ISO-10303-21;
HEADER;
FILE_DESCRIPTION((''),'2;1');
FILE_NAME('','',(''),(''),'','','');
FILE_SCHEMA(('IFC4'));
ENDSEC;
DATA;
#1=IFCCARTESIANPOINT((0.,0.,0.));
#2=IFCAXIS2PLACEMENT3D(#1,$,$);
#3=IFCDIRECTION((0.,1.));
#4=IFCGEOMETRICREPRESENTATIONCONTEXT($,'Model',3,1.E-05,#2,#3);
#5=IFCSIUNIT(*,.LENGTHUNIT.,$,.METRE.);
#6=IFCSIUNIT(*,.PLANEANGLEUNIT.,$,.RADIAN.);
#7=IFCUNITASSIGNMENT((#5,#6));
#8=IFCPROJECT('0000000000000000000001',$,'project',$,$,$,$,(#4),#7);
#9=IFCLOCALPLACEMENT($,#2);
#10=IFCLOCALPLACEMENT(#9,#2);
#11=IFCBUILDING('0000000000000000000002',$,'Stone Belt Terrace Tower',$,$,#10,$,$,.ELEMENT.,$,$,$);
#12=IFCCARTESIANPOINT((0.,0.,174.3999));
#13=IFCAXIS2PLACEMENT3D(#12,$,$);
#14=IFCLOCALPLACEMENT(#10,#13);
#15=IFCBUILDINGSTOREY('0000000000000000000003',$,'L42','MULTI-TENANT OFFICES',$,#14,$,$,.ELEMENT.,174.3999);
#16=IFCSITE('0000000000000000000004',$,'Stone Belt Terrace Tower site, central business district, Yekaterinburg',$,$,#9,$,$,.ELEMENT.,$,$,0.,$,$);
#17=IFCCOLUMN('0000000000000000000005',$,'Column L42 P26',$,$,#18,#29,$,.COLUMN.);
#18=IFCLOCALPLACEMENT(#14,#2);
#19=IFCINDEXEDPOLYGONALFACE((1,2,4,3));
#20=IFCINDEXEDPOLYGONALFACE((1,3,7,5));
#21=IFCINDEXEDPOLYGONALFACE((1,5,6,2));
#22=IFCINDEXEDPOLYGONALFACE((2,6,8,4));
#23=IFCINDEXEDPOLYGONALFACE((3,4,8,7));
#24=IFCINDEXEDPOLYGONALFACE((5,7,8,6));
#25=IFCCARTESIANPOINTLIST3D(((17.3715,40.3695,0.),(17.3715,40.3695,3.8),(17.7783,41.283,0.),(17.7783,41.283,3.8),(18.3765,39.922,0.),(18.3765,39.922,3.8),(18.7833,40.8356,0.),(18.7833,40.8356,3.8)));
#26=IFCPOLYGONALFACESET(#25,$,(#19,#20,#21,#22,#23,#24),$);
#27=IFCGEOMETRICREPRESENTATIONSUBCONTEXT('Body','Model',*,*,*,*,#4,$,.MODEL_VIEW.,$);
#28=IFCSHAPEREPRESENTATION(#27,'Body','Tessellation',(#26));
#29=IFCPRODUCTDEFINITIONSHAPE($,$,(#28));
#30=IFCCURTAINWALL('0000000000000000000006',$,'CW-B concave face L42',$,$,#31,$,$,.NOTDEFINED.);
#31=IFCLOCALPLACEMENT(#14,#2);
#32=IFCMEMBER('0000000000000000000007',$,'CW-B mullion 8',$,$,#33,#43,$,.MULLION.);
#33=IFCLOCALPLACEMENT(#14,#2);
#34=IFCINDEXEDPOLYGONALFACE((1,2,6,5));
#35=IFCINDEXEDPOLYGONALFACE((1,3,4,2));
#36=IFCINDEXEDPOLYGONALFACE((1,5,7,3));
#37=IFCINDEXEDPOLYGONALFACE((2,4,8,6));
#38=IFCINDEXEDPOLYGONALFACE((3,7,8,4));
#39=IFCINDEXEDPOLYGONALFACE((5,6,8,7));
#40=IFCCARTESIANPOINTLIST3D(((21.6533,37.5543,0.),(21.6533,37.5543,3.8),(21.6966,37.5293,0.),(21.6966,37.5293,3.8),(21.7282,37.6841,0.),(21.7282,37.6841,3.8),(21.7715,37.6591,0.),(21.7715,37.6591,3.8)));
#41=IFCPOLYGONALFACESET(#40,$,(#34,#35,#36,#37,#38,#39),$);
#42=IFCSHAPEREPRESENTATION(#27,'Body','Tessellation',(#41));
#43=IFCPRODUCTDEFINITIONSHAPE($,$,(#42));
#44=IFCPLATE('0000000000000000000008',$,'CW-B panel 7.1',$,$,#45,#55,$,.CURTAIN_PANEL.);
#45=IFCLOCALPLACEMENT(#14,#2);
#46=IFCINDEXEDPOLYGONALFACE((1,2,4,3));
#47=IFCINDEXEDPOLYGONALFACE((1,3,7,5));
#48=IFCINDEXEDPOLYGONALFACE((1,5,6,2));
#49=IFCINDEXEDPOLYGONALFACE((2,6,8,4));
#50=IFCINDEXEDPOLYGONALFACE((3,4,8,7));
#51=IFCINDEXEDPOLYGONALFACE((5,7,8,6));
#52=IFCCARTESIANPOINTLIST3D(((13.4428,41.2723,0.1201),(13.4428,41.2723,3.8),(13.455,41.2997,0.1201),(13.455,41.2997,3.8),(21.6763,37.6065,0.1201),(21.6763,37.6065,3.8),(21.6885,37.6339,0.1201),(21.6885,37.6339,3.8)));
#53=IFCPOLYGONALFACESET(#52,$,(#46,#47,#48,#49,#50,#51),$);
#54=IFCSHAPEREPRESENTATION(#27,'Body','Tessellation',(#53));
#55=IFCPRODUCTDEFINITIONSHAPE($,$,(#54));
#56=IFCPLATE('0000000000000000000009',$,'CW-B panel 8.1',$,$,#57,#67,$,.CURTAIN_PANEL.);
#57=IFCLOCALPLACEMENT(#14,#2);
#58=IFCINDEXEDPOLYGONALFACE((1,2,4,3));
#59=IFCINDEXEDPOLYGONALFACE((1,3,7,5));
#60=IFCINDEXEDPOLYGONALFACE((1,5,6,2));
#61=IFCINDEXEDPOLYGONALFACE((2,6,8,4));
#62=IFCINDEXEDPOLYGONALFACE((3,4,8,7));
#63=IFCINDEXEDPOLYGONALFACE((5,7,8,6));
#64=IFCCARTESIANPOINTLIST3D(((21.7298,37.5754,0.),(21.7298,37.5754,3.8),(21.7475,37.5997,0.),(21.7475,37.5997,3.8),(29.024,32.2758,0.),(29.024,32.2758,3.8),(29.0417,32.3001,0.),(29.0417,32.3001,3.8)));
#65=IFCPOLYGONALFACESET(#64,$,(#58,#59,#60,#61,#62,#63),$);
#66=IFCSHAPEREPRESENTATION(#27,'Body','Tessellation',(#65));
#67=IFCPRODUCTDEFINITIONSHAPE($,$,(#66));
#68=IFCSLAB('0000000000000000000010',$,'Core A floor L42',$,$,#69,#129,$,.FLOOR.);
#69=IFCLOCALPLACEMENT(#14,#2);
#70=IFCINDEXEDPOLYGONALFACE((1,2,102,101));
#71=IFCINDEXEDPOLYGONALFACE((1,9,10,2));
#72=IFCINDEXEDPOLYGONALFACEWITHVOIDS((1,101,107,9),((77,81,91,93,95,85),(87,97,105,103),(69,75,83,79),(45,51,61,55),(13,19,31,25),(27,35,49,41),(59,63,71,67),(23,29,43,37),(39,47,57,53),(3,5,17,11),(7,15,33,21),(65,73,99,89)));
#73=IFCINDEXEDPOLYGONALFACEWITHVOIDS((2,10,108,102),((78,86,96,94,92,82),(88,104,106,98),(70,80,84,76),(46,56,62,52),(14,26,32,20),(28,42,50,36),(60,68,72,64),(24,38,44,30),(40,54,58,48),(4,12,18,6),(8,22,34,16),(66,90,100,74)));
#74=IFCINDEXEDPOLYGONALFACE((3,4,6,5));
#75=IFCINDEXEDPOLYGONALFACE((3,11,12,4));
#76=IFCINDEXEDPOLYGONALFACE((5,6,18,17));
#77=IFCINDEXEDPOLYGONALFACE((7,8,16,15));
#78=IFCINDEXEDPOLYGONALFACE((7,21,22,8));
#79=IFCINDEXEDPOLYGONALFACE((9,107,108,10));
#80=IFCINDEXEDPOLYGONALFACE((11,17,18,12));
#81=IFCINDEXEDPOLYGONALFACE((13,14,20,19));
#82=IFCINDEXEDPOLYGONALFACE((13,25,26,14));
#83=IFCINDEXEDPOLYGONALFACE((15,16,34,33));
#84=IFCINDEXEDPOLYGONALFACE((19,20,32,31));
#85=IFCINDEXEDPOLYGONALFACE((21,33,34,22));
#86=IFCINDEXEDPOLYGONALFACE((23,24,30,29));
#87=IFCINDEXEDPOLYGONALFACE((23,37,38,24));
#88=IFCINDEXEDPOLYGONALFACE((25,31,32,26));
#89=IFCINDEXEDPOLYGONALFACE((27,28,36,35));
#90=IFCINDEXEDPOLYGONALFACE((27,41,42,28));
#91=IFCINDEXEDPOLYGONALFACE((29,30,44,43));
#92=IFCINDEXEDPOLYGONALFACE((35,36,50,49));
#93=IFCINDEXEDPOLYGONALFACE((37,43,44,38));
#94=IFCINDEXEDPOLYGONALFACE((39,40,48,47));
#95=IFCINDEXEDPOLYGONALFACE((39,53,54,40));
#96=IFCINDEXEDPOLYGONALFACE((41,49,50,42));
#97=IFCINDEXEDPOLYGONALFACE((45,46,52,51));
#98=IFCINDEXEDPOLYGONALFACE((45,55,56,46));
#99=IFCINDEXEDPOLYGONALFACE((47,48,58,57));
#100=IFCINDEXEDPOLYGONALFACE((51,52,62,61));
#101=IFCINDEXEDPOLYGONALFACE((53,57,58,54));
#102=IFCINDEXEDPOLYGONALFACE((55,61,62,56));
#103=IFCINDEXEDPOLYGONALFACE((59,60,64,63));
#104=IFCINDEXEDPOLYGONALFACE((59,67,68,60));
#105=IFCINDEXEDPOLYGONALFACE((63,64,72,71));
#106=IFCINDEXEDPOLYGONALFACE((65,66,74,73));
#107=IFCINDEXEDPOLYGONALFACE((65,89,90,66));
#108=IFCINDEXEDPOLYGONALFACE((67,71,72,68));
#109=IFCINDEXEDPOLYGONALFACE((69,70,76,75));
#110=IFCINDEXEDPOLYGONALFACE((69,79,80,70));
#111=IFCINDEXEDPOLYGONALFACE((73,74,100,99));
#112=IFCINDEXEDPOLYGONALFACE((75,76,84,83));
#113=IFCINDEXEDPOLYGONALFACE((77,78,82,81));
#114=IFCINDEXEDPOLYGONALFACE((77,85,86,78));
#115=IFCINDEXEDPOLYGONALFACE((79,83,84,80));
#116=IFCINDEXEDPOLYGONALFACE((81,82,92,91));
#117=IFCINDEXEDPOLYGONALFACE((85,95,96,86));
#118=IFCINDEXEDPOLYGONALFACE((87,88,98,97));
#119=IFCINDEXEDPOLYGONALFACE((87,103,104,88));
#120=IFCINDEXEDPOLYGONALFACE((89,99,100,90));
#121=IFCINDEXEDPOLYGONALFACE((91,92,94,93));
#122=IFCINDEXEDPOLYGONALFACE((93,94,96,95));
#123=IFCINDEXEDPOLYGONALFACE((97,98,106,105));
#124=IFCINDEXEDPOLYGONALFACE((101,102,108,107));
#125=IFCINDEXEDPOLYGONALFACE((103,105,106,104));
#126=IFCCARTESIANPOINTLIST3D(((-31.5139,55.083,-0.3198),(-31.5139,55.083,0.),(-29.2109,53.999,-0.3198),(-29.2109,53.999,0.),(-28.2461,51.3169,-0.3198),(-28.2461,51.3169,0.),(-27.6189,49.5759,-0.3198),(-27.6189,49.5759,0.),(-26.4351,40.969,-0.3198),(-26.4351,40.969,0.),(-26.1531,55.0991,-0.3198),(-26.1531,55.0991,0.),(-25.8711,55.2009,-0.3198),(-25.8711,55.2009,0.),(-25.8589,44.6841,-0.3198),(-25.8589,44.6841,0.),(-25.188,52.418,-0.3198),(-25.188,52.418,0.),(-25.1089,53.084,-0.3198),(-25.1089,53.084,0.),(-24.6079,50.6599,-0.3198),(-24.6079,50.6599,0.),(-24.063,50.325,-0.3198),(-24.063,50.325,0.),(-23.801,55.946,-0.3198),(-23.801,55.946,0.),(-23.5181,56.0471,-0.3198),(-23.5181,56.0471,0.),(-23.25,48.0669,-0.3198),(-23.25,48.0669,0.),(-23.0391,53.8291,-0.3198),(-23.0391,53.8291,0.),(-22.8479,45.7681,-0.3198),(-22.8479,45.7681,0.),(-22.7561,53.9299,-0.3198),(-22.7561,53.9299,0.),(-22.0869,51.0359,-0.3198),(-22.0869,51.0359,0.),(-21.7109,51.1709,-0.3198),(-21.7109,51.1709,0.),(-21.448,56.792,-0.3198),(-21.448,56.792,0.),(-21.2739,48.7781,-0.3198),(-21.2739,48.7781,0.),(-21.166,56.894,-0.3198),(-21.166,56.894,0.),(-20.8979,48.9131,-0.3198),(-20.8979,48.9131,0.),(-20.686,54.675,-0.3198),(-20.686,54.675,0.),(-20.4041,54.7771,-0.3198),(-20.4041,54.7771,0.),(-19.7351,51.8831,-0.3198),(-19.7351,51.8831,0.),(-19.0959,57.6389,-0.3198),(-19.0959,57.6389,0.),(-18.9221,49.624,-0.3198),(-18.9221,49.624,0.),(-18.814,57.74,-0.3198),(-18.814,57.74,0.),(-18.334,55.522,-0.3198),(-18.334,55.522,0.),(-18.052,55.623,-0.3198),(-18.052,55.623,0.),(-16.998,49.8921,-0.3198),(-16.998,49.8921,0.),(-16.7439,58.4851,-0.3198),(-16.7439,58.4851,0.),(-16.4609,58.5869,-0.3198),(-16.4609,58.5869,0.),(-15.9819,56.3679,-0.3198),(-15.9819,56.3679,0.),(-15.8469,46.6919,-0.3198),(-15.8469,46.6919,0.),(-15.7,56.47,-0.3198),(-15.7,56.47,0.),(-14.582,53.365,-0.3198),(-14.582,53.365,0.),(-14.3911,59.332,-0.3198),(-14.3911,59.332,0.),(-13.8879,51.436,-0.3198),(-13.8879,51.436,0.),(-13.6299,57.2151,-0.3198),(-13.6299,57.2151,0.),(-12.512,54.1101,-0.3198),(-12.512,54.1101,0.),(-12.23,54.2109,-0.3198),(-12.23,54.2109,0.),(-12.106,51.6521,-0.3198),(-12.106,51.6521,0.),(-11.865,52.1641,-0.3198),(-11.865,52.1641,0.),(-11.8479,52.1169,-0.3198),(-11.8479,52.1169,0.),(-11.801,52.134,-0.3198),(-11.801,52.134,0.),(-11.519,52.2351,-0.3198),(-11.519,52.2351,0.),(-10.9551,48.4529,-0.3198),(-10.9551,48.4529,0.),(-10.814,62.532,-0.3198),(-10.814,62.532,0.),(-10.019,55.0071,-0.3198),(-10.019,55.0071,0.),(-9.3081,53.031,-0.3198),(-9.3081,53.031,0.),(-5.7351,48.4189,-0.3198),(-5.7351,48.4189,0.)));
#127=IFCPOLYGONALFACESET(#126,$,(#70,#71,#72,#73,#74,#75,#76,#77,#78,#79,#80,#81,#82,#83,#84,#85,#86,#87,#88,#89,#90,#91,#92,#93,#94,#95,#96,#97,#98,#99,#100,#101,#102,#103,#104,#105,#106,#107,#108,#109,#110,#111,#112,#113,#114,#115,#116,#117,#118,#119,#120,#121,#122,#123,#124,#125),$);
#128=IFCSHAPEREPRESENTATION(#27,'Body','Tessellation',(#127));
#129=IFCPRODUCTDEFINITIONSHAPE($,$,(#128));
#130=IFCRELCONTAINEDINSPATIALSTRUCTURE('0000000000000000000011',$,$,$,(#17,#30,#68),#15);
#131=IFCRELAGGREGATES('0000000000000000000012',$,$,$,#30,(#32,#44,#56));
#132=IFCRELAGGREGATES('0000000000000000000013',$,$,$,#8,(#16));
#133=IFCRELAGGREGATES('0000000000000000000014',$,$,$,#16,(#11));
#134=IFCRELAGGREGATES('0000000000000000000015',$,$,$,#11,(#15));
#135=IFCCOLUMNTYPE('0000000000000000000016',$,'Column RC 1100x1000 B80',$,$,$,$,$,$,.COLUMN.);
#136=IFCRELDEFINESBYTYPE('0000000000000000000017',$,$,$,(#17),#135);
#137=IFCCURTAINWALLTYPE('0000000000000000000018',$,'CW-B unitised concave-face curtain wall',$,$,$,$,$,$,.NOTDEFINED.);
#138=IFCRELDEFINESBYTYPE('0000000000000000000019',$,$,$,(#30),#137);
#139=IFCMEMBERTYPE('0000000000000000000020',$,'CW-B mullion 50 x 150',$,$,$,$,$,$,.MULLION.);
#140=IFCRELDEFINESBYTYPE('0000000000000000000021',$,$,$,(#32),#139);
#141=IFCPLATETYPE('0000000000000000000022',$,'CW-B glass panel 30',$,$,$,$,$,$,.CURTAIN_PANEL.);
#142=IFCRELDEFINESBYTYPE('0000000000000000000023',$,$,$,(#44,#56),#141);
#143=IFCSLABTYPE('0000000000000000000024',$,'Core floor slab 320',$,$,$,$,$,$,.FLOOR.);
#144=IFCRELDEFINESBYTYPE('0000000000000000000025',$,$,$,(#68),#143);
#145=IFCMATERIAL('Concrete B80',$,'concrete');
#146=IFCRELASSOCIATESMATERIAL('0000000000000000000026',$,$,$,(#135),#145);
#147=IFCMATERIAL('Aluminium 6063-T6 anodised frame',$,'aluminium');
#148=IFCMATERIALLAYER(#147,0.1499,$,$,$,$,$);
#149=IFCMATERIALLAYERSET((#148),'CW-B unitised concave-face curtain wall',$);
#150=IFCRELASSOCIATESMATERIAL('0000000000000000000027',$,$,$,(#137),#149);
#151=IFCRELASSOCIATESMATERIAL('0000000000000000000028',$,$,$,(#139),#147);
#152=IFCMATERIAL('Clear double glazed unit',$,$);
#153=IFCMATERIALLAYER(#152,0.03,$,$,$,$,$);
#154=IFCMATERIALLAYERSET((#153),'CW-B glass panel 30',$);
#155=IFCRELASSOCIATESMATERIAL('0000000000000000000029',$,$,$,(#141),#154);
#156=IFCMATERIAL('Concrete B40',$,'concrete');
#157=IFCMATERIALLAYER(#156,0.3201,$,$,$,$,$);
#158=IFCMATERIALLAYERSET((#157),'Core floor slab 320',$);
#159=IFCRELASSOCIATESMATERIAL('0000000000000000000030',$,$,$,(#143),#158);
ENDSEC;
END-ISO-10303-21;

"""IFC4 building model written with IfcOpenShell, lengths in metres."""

from ifc_helpers import new_model, si_unit, direction, frame, origin, origin_2d, place, context, subcontext, project, spatial, polyline, rectangle, outline, extrude, material, layer, layer_set, material_profile, profile_set, type_object, element, aggregate, save


model = new_model("IFC4")

# Units and contexts
model_context = context("Model", 3, precision=1e-05, world=origin(), true_north=direction((0.0, 1.0)))
body_context = subcontext(model_context, "Body", "Model", "MODEL_VIEW")
ifc_project = project(units=[si_unit("LENGTHUNIT", "METRE"), si_unit("PLANEANGLEUNIT", "RADIAN")], contexts=[model_context])

# Site, building, storey
site_placement = place(None, origin())
site = spatial("IfcSite", under=ifc_project, at=site_placement, Name="Stone Belt Terrace Tower site, central business district, Yekaterinburg", CompositionType="ELEMENT", RefElevation=0.0)
building_placement = place(site_placement, origin())
building = spatial("IfcBuilding", under=site, at=building_placement, Name="Stone Belt Terrace Tower", CompositionType="ELEMENT")
storey_placement = place(building_placement, frame((0.0, 0.0, 174.3999)))
storey = spatial("IfcBuildingStorey", under=building, at=storey_placement, Name="L42", Description="MULTI-TENANT OFFICES", CompositionType="ELEMENT", Elevation=174.3999)

# Column
ifc_material_1 = material(Name="Concrete B80", Category="concrete")
ifc_material_profile_1 = material_profile(ifc_material_1, rectangle(XDim=1.1001, YDim=1.0, at=origin_2d()), Name="RC 1100x1000")
ifc_profile_set_1 = profile_set([ifc_material_profile_1], Name="Concrete B80")
column_type = type_object("IfcColumnType", Name="Column RC 1100x1000 B80", PredefinedType="COLUMN", material=ifc_profile_set_1)
column_placement = place(storey_placement, frame((18.0774, 40.6025, 0.0), z_axis=(0.0, 0.0, 1.0), x_axis=(0.913545, -0.406737, 0.0)))
element("IfcColumn", 1, at=column_placement, inside=storey, type_object=column_type, Name="Column L42 P26", PredefinedType="COLUMN", context=body_context, shape_type="SweptSolid", body=[
    extrude(rectangle(XDim=1.1001, YDim=1.0, at=origin_2d()), origin(), (0.0, 0.0, 1.0), 3.8),
])

# Curtain wall, member, plates
ifc_material_2 = material(Name="Aluminium 6063-T6 anodised frame", Category="aluminium")
ifc_layer_1 = layer(ifc_material_2, 0.1499)
ifc_layer_set_1 = layer_set([ifc_layer_1], Name="CW-B unitised concave-face curtain wall")
curtain_wall_type = type_object("IfcCurtainWallType", Name="CW-B unitised concave-face curtain wall", PredefinedType="NOTDEFINED", material=ifc_layer_set_1)
curtain_wall_placement = place(storey_placement, origin())
curtain_wall = element("IfcCurtainWall", 2, at=curtain_wall_placement, inside=storey, type_object=curtain_wall_type, Name="CW-B concave face L42", PredefinedType="NOTDEFINED")
ifc_material_profile_2 = material_profile(ifc_material_2, rectangle(XDim=0.1499, YDim=0.05, at=origin_2d()), Name="Aluminium 6063-T6 50x150")
ifc_profile_set_2 = profile_set([ifc_material_profile_2], Name="Aluminium 6063-T6 anodised frame")
member_type = type_object("IfcMemberType", Name="CW-B mullion 50 x 150", PredefinedType="MULLION", material=ifc_profile_set_2)
member_placement = place(storey_placement, frame((21.7124, 37.6067, 0.0), z_axis=(0.0, 0.0, 1.0), x_axis=(0.5, 0.866025, 0.0)))
member = element("IfcMember", 3, at=member_placement, type_object=member_type, Name="CW-B mullion 8", PredefinedType="MULLION", context=body_context, shape_type="SweptSolid", body=[
    extrude(rectangle(XDim=0.1499, YDim=0.05, at=origin_2d()), origin(), (0.0, 0.0, 1.0), 3.8),
])
ifc_material_3 = material(Name="Clear double glazed unit")
ifc_layer_2 = layer(ifc_material_3, 0.03)
ifc_layer_set_2 = layer_set([ifc_layer_2], Name="CW-B glass panel 30")
plate_type = type_object("IfcPlateType", Name="CW-B glass panel 30", PredefinedType="CURTAIN_PANEL", material=ifc_layer_set_2)
plate_1_placement = place(storey_placement, frame((17.5657, 39.4531, 0.1201), z_axis=(0.0, 0.0, 1.0), x_axis=(0.913545, -0.406737, 0.0)))
plate_1 = element("IfcPlate", 4, at=plate_1_placement, type_object=plate_type, Name="CW-B panel 7.1", PredefinedType="CURTAIN_PANEL", context=body_context, shape_type="SweptSolid", body=[
    extrude(rectangle(XDim=9.0127, YDim=0.03, at=origin_2d()), origin(), (0.0, 0.0, 1.0), 3.6799),
])
plate_2_placement = place(storey_placement, frame((25.3857, 34.9377, 0.0), z_axis=(0.0, 0.0, 1.0), x_axis=(0.809017, -0.587785, 0.0)))
plate_2 = element("IfcPlate", 5, at=plate_2_placement, type_object=plate_type, Name="CW-B panel 8.1", PredefinedType="CURTAIN_PANEL", context=body_context, shape_type="SweptSolid", body=[
    extrude(rectangle(XDim=9.0161, YDim=0.03, at=origin_2d()), origin(), (0.0, 0.0, 1.0), 3.8),
])
aggregate(curtain_wall, [member, plate_1, plate_2])

# Slab
ifc_material_4 = material(Name="Concrete B40", Category="concrete")
ifc_layer_3 = layer(ifc_material_4, 0.3201)
ifc_layer_set_3 = layer_set([ifc_layer_3], Name="Core floor slab 320")
slab_type_1 = type_object("IfcSlabType", Name="Core floor slab 320", PredefinedType="FLOOR", material=ifc_layer_set_3)
slab_1_placement = place(storey_placement, frame((0.0, 0.0, -0.3198)))
element("IfcSlab", 6, at=slab_1_placement, inside=storey, type_object=slab_type_1, Name="Core A floor L42", PredefinedType="FLOOR", context=body_context, shape_type="SweptSolid", body=[
    extrude(outline(polyline([(-26.4351, 40.969), (-5.7351, 48.4189), (-10.814, 62.532), (-31.5139, 55.083), (-26.4351, 40.969)]), holes=[polyline([(-24.6079, 50.6599), (-22.8479, 45.7681), (-25.8589, 44.6841), (-27.6189, 49.5759), (-24.6079, 50.6599)]), polyline([(-23.25, 48.0669), (-24.063, 50.325), (-22.0869, 51.0359), (-21.2739, 48.7781), (-23.25, 48.0669)]), polyline([(-20.8979, 48.9131), (-21.7109, 51.1709), (-19.7351, 51.8831), (-18.9221, 49.624), (-20.8979, 48.9131)]), polyline([(-28.2461, 51.3169), (-29.2109, 53.999), (-26.1531, 55.0991), (-25.188, 52.418), (-28.2461, 51.3169)]), polyline([(-23.801, 55.946), (-23.0391, 53.8291), (-25.1089, 53.084), (-25.8711, 55.2009), (-23.801, 55.946)]), polyline([(-21.448, 56.792), (-20.686, 54.675), (-22.7561, 53.9299), (-23.5181, 56.0471), (-21.448, 56.792)]), polyline([(-10.9551, 48.4529), (-15.8469, 46.6919), (-16.998, 49.8921), (-12.106, 51.6521), (-10.9551, 48.4529)]), polyline([(-11.8479, 52.1169), (-11.865, 52.1641), (-13.8879, 51.436), (-14.582, 53.365), (-12.512, 54.1101), (-11.801, 52.134), (-11.8479, 52.1169)]), polyline([(-9.3081, 53.031), (-11.519, 52.2351), (-12.23, 54.2109), (-10.019, 55.0071), (-9.3081, 53.031)]), polyline([(-21.166, 56.894), (-19.0959, 57.6389), (-18.334, 55.522), (-20.4041, 54.7771), (-21.166, 56.894)]), polyline([(-16.7439, 58.4851), (-15.9819, 56.3679), (-18.052, 55.623), (-18.814, 57.74), (-16.7439, 58.4851)]), polyline([(-14.3911, 59.332), (-13.6299, 57.2151), (-15.7, 56.47), (-16.4609, 58.5869), (-14.3911, 59.332)])]), origin(), (0.0, 0.0, 1.0), 0.3198),
])

save(model, "model.ifc")
